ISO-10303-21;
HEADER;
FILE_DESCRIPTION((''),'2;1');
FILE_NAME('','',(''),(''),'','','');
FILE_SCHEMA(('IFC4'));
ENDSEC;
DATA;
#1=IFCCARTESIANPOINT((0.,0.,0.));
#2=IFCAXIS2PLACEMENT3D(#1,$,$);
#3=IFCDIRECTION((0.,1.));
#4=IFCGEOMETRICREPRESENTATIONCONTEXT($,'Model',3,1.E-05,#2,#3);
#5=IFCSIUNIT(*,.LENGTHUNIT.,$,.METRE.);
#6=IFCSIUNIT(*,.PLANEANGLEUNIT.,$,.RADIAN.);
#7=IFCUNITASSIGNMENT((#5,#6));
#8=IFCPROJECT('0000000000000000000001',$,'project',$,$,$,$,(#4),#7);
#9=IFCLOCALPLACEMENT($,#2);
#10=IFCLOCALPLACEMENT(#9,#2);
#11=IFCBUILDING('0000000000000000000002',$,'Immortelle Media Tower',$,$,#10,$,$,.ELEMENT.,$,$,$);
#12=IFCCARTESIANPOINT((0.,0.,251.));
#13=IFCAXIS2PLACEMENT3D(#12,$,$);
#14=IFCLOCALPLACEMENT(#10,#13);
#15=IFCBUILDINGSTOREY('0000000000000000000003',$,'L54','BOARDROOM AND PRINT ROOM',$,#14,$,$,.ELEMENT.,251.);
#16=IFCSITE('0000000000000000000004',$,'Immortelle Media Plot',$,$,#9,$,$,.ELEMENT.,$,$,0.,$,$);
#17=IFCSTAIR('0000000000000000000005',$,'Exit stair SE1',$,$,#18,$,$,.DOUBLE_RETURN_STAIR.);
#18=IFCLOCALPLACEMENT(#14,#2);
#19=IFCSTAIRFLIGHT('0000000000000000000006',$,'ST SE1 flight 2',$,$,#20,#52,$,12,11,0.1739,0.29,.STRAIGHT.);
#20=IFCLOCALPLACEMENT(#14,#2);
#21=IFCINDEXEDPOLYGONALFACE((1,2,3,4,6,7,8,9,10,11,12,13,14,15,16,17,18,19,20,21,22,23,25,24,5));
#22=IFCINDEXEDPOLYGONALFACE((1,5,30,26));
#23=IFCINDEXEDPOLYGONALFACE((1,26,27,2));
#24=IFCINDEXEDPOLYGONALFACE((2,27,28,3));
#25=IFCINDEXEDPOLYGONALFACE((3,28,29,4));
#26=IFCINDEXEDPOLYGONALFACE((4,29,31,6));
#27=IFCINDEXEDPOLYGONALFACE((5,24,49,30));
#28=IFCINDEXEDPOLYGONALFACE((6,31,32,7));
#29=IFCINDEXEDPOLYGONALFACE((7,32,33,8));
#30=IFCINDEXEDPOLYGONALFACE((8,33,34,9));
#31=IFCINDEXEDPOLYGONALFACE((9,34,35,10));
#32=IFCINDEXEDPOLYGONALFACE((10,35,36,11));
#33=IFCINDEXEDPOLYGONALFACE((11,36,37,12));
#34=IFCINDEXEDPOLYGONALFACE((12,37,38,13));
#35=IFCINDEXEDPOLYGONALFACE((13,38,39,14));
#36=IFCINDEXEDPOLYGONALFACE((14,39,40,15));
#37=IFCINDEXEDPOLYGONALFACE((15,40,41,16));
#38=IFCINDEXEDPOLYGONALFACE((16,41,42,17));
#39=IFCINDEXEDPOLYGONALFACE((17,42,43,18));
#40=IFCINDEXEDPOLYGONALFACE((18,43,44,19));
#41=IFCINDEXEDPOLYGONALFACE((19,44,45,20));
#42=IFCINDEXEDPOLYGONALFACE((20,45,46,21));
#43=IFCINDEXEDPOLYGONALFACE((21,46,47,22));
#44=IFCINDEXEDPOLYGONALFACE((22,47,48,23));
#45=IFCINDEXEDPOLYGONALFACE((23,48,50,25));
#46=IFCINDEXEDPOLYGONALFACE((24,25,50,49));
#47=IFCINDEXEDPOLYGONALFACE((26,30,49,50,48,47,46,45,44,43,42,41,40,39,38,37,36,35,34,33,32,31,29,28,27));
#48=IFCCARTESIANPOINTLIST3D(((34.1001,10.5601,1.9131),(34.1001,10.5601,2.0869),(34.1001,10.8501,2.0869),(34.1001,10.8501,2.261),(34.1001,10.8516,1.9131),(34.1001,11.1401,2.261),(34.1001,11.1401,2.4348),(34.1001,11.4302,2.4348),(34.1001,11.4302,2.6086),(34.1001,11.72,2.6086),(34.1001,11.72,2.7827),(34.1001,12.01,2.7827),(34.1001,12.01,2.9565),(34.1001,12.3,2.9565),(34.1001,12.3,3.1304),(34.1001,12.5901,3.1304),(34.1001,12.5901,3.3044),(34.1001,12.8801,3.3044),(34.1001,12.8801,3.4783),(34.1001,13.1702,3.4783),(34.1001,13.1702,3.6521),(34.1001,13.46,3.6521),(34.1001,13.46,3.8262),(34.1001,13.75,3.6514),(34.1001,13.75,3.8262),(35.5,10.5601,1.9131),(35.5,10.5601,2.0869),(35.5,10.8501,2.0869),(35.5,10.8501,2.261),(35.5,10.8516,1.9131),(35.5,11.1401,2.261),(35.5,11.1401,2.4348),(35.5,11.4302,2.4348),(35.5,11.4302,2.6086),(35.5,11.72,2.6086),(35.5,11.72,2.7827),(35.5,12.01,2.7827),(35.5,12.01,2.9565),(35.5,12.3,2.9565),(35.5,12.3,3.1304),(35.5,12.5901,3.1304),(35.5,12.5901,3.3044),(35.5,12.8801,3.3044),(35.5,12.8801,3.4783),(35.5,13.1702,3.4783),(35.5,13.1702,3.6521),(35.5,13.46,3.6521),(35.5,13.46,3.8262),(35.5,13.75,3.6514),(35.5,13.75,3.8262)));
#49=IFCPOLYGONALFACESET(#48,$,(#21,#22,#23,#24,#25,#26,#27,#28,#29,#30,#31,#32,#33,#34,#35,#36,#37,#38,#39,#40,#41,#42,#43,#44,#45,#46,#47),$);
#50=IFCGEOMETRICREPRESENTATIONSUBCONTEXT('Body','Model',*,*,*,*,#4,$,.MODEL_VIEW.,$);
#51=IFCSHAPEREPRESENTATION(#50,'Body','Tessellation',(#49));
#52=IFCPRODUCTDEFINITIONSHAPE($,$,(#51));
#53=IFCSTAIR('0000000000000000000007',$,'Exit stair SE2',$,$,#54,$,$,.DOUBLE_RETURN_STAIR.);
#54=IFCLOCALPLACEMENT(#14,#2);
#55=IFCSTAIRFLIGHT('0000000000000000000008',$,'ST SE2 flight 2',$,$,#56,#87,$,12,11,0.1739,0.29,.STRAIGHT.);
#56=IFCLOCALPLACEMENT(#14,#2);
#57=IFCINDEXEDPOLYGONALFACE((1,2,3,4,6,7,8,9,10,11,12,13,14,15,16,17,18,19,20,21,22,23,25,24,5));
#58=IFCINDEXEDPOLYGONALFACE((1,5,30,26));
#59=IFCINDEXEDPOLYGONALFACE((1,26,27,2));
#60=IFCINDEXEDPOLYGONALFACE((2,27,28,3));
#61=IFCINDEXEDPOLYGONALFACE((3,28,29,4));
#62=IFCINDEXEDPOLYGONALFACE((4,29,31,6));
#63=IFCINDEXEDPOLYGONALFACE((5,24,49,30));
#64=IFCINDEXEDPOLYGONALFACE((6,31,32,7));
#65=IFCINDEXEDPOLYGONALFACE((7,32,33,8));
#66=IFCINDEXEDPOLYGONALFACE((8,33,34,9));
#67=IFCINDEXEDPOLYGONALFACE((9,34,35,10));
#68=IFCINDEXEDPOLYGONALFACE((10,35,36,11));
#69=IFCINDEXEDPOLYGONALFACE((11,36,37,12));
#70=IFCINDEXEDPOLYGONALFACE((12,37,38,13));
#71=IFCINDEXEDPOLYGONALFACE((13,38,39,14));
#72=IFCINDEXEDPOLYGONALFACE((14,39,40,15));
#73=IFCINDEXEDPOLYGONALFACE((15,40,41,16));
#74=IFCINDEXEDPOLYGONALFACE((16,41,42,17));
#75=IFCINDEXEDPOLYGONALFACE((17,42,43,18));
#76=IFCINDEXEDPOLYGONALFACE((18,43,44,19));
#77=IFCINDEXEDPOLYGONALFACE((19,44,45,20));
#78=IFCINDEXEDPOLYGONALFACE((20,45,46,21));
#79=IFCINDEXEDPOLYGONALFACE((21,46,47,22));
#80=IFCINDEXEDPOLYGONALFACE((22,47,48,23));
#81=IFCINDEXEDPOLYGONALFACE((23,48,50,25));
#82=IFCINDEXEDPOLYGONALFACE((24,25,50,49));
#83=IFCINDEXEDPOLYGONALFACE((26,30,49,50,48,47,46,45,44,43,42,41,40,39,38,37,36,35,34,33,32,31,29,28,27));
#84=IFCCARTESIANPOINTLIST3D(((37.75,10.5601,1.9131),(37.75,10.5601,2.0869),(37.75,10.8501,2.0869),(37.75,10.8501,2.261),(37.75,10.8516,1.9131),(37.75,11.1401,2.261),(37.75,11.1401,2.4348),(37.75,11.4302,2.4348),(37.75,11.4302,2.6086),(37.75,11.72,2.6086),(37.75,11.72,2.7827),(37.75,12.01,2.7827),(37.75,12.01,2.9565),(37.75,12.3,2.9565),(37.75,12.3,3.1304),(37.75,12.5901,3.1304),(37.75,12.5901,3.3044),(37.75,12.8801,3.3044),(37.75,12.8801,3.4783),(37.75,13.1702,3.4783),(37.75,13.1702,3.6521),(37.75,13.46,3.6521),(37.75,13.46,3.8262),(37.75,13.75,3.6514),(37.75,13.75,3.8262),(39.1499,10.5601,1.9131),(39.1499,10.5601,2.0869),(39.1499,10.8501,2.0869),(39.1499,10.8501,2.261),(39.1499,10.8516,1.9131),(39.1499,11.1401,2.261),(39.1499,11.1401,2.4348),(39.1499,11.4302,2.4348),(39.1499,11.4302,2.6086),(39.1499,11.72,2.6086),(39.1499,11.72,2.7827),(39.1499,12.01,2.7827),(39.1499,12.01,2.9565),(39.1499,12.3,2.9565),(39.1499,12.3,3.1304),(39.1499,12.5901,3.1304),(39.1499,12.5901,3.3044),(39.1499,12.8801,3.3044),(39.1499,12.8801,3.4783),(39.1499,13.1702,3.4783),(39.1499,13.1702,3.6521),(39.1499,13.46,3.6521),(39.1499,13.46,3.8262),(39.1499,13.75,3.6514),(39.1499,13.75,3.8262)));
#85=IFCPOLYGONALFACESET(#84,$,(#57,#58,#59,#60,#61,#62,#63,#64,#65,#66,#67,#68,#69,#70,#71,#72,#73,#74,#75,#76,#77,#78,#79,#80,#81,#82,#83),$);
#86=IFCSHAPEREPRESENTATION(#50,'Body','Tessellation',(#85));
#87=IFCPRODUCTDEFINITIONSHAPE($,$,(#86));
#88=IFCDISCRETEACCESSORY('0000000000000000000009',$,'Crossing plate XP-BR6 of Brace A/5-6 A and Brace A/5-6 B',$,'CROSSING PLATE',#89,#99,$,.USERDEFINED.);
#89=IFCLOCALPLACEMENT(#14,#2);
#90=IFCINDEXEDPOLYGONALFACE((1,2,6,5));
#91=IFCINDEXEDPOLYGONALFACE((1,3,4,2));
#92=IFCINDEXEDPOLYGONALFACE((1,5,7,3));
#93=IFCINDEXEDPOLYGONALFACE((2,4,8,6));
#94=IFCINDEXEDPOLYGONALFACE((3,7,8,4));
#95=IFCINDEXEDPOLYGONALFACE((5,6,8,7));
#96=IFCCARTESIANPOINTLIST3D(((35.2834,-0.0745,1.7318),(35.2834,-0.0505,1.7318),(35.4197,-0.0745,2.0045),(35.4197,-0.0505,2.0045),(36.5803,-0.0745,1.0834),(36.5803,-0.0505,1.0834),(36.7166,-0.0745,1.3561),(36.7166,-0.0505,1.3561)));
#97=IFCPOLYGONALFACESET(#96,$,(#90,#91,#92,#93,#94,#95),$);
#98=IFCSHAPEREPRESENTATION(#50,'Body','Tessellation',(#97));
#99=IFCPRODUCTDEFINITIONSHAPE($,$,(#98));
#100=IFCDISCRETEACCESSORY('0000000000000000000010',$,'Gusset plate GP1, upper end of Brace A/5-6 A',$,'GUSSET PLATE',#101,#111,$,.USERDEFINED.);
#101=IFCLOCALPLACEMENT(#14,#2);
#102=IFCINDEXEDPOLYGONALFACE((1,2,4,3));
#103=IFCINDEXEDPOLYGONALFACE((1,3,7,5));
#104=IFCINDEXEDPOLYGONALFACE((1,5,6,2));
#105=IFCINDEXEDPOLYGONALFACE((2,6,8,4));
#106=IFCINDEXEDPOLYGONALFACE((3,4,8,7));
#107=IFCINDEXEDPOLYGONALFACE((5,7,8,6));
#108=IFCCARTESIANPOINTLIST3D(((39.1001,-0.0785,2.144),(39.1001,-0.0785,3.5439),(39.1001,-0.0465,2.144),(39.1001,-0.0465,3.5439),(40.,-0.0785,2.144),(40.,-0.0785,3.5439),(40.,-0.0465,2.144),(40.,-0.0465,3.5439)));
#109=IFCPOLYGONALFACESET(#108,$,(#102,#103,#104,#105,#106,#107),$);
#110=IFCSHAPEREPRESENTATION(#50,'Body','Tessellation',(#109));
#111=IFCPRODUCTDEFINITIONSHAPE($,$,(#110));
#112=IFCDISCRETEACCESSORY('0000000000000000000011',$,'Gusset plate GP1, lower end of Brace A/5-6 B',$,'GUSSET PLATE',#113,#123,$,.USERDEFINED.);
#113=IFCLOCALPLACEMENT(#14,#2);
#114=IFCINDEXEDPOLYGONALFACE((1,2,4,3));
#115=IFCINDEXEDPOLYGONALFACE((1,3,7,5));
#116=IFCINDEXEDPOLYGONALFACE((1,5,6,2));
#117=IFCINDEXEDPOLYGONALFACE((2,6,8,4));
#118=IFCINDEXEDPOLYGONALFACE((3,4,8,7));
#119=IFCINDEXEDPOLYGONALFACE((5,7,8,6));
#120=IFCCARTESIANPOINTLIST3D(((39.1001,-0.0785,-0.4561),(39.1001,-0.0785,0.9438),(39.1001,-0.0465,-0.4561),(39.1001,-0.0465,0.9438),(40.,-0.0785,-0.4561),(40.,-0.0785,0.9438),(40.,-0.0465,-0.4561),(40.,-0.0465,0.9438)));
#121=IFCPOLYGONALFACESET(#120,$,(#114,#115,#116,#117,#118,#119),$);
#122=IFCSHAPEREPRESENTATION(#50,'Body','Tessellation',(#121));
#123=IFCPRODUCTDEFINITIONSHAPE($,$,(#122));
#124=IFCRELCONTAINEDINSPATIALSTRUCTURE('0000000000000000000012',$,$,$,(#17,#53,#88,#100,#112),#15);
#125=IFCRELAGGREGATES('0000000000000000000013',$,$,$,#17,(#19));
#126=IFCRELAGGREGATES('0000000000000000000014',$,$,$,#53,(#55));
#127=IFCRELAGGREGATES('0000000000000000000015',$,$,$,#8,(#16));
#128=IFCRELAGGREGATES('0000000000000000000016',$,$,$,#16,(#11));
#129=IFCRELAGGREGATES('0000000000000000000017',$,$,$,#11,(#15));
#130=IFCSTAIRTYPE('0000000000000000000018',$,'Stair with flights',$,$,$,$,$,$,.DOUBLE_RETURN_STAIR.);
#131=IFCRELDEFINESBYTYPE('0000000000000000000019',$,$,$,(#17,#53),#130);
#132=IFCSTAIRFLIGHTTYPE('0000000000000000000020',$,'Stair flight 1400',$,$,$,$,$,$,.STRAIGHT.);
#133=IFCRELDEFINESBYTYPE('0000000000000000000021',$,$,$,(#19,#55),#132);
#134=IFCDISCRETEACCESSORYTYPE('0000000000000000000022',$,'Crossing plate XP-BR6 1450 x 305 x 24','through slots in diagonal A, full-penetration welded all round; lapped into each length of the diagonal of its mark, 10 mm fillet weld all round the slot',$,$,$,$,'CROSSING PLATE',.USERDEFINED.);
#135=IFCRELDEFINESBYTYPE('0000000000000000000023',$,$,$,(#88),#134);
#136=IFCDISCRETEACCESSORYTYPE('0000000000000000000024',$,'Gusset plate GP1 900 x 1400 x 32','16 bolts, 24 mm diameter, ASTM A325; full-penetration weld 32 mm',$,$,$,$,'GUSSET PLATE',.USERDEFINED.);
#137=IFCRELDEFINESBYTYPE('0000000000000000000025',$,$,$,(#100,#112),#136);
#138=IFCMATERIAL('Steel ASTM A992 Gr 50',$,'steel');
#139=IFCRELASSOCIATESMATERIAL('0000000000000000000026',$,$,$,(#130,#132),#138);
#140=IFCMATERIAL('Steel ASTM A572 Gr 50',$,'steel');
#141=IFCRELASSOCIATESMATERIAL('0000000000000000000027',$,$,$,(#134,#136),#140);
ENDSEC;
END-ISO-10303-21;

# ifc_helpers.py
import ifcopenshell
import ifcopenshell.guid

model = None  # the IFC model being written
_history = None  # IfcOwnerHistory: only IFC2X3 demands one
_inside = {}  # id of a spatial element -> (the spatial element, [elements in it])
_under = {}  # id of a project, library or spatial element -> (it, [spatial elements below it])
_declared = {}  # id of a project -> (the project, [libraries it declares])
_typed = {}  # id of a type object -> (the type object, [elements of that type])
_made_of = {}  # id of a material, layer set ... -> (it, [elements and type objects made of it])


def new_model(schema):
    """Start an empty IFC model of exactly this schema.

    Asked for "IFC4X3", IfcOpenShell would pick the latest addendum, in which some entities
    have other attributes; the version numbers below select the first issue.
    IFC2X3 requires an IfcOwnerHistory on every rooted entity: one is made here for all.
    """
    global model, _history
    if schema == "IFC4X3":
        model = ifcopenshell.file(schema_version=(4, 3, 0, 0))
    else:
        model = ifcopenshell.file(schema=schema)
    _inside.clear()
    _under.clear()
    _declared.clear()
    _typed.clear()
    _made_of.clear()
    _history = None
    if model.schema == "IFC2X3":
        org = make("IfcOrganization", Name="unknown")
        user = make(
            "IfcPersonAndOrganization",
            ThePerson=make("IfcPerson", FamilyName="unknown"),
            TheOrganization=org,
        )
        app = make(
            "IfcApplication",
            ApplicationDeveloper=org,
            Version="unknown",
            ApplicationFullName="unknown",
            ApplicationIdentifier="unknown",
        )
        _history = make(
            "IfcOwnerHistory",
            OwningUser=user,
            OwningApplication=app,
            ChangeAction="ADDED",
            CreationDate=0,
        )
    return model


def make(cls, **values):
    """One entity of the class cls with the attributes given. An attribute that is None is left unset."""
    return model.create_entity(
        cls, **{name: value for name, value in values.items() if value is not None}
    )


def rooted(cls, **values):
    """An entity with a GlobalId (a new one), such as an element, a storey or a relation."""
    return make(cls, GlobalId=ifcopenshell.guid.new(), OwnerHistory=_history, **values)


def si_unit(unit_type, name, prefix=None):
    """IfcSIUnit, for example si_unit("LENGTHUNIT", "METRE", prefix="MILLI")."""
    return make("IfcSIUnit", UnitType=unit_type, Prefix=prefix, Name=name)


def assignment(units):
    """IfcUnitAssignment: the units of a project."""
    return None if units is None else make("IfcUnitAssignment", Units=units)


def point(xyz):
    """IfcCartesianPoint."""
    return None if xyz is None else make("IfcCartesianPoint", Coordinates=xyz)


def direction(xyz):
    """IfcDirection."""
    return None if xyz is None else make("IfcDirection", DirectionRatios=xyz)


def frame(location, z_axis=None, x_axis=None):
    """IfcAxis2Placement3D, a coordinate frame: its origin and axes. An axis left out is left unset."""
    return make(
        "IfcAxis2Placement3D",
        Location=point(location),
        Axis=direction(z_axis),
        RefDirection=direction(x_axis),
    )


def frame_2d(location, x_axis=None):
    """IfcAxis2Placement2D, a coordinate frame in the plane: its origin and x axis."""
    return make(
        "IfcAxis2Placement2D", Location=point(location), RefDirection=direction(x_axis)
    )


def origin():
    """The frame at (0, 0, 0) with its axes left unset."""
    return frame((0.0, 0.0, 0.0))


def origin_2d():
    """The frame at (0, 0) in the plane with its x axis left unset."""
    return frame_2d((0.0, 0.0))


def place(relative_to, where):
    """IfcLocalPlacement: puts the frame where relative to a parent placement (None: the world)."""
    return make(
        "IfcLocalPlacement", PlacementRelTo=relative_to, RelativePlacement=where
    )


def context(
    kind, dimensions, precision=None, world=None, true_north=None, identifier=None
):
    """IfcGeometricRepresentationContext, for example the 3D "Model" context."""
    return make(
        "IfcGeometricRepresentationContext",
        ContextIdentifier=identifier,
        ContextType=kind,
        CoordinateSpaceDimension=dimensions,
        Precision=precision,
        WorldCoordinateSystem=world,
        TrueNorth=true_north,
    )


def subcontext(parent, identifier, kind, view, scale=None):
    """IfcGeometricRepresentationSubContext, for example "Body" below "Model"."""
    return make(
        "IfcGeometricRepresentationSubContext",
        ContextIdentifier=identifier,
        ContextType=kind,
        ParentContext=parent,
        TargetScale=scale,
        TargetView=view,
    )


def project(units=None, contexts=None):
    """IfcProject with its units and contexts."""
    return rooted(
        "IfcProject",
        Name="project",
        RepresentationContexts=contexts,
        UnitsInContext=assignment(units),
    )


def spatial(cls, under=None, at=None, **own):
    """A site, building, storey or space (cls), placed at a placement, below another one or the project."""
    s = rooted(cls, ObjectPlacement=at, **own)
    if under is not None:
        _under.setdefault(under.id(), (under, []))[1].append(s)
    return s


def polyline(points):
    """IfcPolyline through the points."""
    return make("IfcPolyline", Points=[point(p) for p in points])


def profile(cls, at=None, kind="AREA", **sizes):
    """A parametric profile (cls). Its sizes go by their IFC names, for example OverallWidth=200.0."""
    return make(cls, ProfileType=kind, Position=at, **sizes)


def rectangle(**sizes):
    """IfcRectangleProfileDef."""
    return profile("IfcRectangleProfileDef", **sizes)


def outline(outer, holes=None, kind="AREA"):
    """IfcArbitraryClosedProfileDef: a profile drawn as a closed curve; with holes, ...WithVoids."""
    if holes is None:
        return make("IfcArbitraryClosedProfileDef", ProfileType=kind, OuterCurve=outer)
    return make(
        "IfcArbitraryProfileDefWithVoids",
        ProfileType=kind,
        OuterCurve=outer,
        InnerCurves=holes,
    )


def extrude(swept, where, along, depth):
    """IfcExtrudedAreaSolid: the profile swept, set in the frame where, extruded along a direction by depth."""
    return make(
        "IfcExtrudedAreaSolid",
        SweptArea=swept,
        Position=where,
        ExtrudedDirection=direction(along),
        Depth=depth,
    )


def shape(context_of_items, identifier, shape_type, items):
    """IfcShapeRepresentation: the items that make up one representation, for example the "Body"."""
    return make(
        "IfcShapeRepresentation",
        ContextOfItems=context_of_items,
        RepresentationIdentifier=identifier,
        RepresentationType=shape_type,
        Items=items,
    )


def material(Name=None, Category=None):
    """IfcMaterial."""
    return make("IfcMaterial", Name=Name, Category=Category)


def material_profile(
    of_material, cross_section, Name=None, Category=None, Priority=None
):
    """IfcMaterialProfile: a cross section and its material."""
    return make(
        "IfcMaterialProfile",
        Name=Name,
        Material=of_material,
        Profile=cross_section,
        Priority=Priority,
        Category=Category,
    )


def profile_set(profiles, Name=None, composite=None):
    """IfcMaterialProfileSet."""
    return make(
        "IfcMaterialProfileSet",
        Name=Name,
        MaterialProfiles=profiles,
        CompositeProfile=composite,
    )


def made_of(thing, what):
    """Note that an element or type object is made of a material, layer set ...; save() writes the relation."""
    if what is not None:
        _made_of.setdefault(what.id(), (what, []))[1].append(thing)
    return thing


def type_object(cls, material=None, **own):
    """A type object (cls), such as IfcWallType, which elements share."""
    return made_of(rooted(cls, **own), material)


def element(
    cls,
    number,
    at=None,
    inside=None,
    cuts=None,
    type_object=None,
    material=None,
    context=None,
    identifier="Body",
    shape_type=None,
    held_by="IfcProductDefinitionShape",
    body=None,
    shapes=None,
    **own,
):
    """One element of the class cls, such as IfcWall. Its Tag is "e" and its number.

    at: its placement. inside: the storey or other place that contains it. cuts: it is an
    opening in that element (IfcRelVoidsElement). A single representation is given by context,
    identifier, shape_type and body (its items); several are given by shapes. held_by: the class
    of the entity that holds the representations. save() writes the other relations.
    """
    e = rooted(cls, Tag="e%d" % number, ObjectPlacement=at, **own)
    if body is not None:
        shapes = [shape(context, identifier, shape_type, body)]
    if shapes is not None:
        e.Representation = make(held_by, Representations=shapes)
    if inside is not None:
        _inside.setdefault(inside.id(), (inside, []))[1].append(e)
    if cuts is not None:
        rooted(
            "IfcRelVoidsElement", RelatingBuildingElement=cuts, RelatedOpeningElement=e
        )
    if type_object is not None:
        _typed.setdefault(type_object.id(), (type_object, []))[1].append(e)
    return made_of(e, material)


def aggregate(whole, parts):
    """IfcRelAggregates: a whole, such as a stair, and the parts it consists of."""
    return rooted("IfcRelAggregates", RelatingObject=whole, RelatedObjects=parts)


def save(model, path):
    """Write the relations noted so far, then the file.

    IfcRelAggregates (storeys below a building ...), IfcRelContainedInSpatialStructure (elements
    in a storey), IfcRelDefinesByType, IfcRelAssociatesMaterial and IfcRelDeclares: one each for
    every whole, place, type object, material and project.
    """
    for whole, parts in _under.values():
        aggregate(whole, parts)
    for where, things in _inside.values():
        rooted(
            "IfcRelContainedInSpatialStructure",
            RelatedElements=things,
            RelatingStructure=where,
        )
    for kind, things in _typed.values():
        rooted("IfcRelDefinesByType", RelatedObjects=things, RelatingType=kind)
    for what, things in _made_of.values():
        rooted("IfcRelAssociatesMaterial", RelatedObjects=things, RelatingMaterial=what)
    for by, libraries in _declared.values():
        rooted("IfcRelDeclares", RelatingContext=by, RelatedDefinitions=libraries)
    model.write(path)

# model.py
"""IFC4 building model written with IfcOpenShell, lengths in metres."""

from ifc_helpers import new_model, si_unit, direction, frame, origin, origin_2d, place, context, subcontext, project, spatial, polyline, rectangle, outline, extrude, material, material_profile, profile_set, type_object, element, aggregate, save


model = new_model("IFC4")

# Units and contexts
model_context = context("Model", 3, precision=1e-05, world=origin(), true_north=direction((0.0, 1.0)))
body_context = subcontext(model_context, "Body", "Model", "MODEL_VIEW")
ifc_project = project(units=[si_unit("LENGTHUNIT", "METRE"), si_unit("PLANEANGLEUNIT", "RADIAN")], contexts=[model_context])

# Site, building, storey
site_placement = place(None, origin())
site = spatial("IfcSite", under=ifc_project, at=site_placement, Name="Immortelle Media Plot", CompositionType="ELEMENT", RefElevation=0.0)
building_placement = place(site_placement, origin())
building = spatial("IfcBuilding", under=site, at=building_placement, Name="Immortelle Media Tower", CompositionType="ELEMENT")
storey_placement = place(building_placement, frame((0.0, 0.0, 251.0)))
storey = spatial("IfcBuildingStorey", under=building, at=storey_placement, Name="L54", Description="BOARDROOM AND PRINT ROOM", CompositionType="ELEMENT", Elevation=251.0)

# Shared definitions
ifc_material_1 = material(Name="Steel ASTM A992 Gr 50", Category="steel")

# Stairs, stair flights
stair_type = type_object("IfcStairType", Name="Stair with flights", PredefinedType="DOUBLE_RETURN_STAIR", material=ifc_material_1)
stair_1_placement = place(storey_placement, origin())
stair_1 = element("IfcStair", 1, at=stair_1_placement, inside=storey, type_object=stair_type, Name="Exit stair SE1", PredefinedType="DOUBLE_RETURN_STAIR")
stair_flight_type = type_object("IfcStairFlightType", Name="Stair flight 1400", PredefinedType="STRAIGHT", material=ifc_material_1)
stair_flight_1_placement = place(storey_placement, frame((34.8, 10.5601, 1.9131), z_axis=(0.0, 0.0, 1.0), x_axis=(0.0, 1.0, 0.0)))
stair_flight_1 = element("IfcStairFlight", 2, at=stair_flight_1_placement, type_object=stair_flight_type, Name="ST SE1 flight 2", NumberOfRisers=12, NumberOfTreads=11, PredefinedType="STRAIGHT", RiserHeight=0.1739, TreadLength=0.29, context=body_context, shape_type="SweptSolid", body=[
    extrude(outline(polyline([(0.0, 0.0), (0.0, 0.1738), (0.29, 0.1738), (0.29, 0.3479), (0.5801, 0.3479), (0.5801, 0.5217), (0.8701, 0.5217), (0.8701, 0.6956), (1.1599, 0.6956), (1.1599, 0.8696), (1.45, 0.8696), (1.45, 1.0435), (1.74, 1.0435), (1.74, 1.2173), (2.03, 1.2173), (2.03, 1.3914), (2.3201, 1.3914), (2.3201, 1.5652), (2.6101, 1.5652), (2.6101, 1.739), (2.8999, 1.739), (2.8999, 1.9131), (3.1899, 1.9131), (3.1899, 2.0869), (3.1899, 1.7383), (0.2915, 0.0), (0.0, 0.0)])), frame((0.0, 0.7, 0.0), z_axis=(0.0, -1.0, 0.0), x_axis=(1.0, 0.0, 0.0)), (0.0, 0.0, 1.0), 1.3999),
])
aggregate(stair_1, [stair_flight_1])
stair_2_placement = place(storey_placement, origin())
stair_2 = element("IfcStair", 3, at=stair_2_placement, inside=storey, type_object=stair_type, Name="Exit stair SE2", PredefinedType="DOUBLE_RETURN_STAIR")
stair_flight_2_placement = place(storey_placement, frame((38.45, 10.5601, 1.9131), z_axis=(0.0, 0.0, 1.0), x_axis=(0.0, 1.0, 0.0)))
stair_flight_2 = element("IfcStairFlight", 4, at=stair_flight_2_placement, type_object=stair_flight_type, Name="ST SE2 flight 2", NumberOfRisers=12, NumberOfTreads=11, PredefinedType="STRAIGHT", RiserHeight=0.1739, TreadLength=0.29, context=body_context, shape_type="SweptSolid", body=[
    extrude(outline(polyline([(0.0, 0.0), (0.0, 0.1738), (0.29, 0.1738), (0.29, 0.3479), (0.5801, 0.3479), (0.5801, 0.5217), (0.8701, 0.5217), (0.8701, 0.6956), (1.1599, 0.6956), (1.1599, 0.8696), (1.45, 0.8696), (1.45, 1.0435), (1.74, 1.0435), (1.74, 1.2173), (2.03, 1.2173), (2.03, 1.3914), (2.3201, 1.3914), (2.3201, 1.5652), (2.6101, 1.5652), (2.6101, 1.739), (2.8999, 1.739), (2.8999, 1.9131), (3.1899, 1.9131), (3.1899, 2.0869), (3.1899, 1.7383), (0.2915, 0.0), (0.0, 0.0)])), frame((0.0, 0.7, 0.0), z_axis=(0.0, -1.0, 0.0), x_axis=(1.0, 0.0, 0.0)), (0.0, 0.0, 1.0), 1.3999),
])
aggregate(stair_2, [stair_flight_2])

# Discrete accessories
ifc_material_2 = material(Name="Steel ASTM A572 Gr 50", Category="steel")
ifc_material_profile_1 = material_profile(ifc_material_2, rectangle(XDim=0.0239, YDim=0.3049, at=origin_2d()), Name="PL 24 x 305")
ifc_profile_set_1 = profile_set([ifc_material_profile_1], Name="Steel ASTM A572 Gr 50")
discrete_accessory_type_1 = type_object("IfcDiscreteAccessoryType", Name="Crossing plate XP-BR6 1450 x 305 x 24", Description="through slots in diagonal A, full-penetration welded all round; lapped into each length of the diagonal of its mark, 10 mm fillet weld all round the slot", ElementType="CROSSING PLATE", PredefinedType="USERDEFINED", material=ifc_profile_set_1)
discrete_accessory_placement = place(storey_placement, frame((35.3516, -0.0625, 1.8682), z_axis=(0.894427, 0.0, -0.447214), x_axis=(0.0, 1.0, 0.0)))
element("IfcDiscreteAccessory", 5, at=discrete_accessory_placement, inside=storey, type_object=discrete_accessory_type_1, Name="Crossing plate XP-BR6 of Brace A/5-6 A and Brace A/5-6 B", ObjectType="CROSSING PLATE", PredefinedType="USERDEFINED", context=body_context, shape_type="SweptSolid", body=[
    extrude(rectangle(XDim=0.0239, YDim=0.3049, at=origin_2d()), origin(), (0.0, 0.0, 1.0), 1.45),
])
ifc_material_profile_2 = material_profile(ifc_material_2, rectangle(XDim=0.032, YDim=1.3999, at=origin_2d()), Name="PL 32 x 1400")
ifc_profile_set_2 = profile_set([ifc_material_profile_2], Name="Steel ASTM A572 Gr 50")
discrete_accessory_type_2 = type_object("IfcDiscreteAccessoryType", Name="Gusset plate GP1 900 x 1400 x 32", Description="16 bolts, 24 mm diameter, ASTM A325; full-penetration weld 32 mm", ElementType="GUSSET PLATE", PredefinedType="USERDEFINED", material=ifc_profile_set_2)
for number, where, z_axis, x_axis, name in (
    (6, (40.0, -0.0625, 2.844), (-1.0, 0.0, 0.0), (0.0, -1.0, 0.0), "Gusset plate GP1, upper end of Brace A/5-6 A"),
    (7, (40.0, -0.0625, 0.2439), (-1.0, 0.0, 0.0), (0.0, -1.0, 0.0), "Gusset plate GP1, lower end of Brace A/5-6 B"),
):
    element("IfcDiscreteAccessory", number, at=place(storey_placement, frame(where, z_axis=z_axis, x_axis=x_axis)), inside=storey, type_object=discrete_accessory_type_2, Name=name, ObjectType="GUSSET PLATE", PredefinedType="USERDEFINED", context=body_context, shape_type="SweptSolid", body=[
        extrude(rectangle(XDim=0.032, YDim=1.3999, at=origin_2d()), origin(), (0.0, 0.0, 1.0), 0.8999),
    ])

save(model, "model.ifc")
